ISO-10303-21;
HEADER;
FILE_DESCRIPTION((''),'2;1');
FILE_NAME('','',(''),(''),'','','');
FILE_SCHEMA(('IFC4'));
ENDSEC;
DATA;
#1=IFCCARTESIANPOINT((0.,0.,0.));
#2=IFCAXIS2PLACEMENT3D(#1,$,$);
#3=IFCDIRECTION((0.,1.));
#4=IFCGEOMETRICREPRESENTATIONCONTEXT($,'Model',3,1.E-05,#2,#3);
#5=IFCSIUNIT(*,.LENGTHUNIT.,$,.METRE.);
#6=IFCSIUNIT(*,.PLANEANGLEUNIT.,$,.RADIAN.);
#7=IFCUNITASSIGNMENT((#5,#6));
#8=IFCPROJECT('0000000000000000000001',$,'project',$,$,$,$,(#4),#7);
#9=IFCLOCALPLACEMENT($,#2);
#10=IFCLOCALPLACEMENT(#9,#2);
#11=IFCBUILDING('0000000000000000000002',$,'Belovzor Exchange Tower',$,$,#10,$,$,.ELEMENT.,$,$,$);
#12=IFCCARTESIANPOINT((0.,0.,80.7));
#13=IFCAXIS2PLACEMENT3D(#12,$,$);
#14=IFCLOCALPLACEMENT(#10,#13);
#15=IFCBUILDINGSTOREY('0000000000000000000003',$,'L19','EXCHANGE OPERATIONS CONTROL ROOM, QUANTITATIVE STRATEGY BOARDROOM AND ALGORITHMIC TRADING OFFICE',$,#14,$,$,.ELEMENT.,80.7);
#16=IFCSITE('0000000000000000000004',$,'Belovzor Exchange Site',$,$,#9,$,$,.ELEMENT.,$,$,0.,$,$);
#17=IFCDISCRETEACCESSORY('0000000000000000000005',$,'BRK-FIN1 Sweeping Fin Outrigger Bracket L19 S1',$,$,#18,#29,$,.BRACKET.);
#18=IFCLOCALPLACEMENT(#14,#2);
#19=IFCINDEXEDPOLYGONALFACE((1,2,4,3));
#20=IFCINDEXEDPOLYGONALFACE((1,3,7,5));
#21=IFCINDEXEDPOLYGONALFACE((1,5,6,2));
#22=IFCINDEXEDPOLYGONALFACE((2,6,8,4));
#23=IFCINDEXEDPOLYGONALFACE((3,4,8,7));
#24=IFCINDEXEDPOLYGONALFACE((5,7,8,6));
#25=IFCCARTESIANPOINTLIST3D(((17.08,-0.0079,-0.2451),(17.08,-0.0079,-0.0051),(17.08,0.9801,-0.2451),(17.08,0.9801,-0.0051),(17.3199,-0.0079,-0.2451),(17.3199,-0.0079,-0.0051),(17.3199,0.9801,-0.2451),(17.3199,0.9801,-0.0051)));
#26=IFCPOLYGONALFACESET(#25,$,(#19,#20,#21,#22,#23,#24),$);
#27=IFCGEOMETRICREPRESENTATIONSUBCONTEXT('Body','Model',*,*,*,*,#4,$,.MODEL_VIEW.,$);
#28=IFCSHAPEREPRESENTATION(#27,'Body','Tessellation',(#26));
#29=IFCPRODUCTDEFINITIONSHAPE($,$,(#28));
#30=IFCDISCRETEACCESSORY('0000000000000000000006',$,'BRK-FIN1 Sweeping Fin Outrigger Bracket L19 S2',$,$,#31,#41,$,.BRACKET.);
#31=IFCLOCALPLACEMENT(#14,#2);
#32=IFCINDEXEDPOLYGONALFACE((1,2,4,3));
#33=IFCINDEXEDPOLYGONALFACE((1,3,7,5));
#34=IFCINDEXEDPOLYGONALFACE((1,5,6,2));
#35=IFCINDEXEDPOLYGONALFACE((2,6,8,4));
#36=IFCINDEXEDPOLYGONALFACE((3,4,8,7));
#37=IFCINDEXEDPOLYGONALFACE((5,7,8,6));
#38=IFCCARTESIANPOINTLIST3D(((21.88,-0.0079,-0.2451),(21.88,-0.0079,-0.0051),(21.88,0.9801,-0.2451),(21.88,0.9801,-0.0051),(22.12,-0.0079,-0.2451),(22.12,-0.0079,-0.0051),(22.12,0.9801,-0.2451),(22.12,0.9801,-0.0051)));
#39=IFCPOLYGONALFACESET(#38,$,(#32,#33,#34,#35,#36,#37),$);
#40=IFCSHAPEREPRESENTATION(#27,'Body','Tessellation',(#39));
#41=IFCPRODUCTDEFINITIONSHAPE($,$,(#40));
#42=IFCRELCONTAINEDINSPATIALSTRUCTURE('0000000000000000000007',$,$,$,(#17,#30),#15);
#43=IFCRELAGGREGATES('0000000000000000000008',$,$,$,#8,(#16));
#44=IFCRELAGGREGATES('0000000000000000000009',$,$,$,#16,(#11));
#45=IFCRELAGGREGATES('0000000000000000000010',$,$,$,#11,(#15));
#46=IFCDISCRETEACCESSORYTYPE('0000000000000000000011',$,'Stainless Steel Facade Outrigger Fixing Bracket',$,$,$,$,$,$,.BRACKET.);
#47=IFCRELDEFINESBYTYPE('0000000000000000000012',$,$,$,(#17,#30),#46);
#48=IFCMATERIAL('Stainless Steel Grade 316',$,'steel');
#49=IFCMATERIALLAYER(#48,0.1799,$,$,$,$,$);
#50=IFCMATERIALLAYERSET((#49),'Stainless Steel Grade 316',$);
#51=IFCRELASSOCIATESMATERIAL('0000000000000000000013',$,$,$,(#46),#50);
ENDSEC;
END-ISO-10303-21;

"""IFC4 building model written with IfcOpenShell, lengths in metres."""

from ifc_helpers import new_model, si_unit, direction, frame, origin, origin_2d, place, context, subcontext, project, spatial, rectangle, extrude, material, layer, layer_set, type_object, element, save


model = new_model("IFC4")

# Units and contexts
model_context = context("Model", 3, precision=1e-05, world=origin(), true_north=direction((0.0, 1.0)))
body_context = subcontext(model_context, "Body", "Model", "MODEL_VIEW")
ifc_project = project(units=[si_unit("LENGTHUNIT", "METRE"), si_unit("PLANEANGLEUNIT", "RADIAN")], contexts=[model_context])

# Site, building, storey
site_placement = place(None, origin())
site = spatial("IfcSite", under=ifc_project, at=site_placement, Name="Belovzor Exchange Site", CompositionType="ELEMENT", RefElevation=0.0)
building_placement = place(site_placement, origin())
building = spatial("IfcBuilding", under=site, at=building_placement, Name="Belovzor Exchange Tower", CompositionType="ELEMENT")
storey_placement = place(building_placement, frame((0.0, 0.0, 80.7)))
storey = spatial("IfcBuildingStorey", under=building, at=storey_placement, Name="L19", Description="EXCHANGE OPERATIONS CONTROL ROOM, QUANTITATIVE STRATEGY BOARDROOM AND ALGORITHMIC TRADING OFFICE", CompositionType="ELEMENT", Elevation=80.7)

# Discrete accessories
ifc_material_1 = material(Name="Stainless Steel Grade 316", Category="steel")
ifc_layer_1 = layer(ifc_material_1, 0.1799)
ifc_layer_set_1 = layer_set([ifc_layer_1], Name="Stainless Steel Grade 316")
discrete_accessory_type = type_object("IfcDiscreteAccessoryType", Name="Stainless Steel Facade Outrigger Fixing Bracket", PredefinedType="BRACKET", material=ifc_layer_set_1)
for number, where, z_axis, x_axis, name in (
    (1, (17.2, 0.4861, -0.2451), (0.0, 0.0, 1.0), (0.0, 1.0, 0.0), "BRK-FIN1 Sweeping Fin Outrigger Bracket L19 S1"),
    (2, (22.0, 0.4861, -0.2451), (0.0, 0.0, 1.0), (0.0, 1.0, 0.0), "BRK-FIN1 Sweeping Fin Outrigger Bracket L19 S2"),
):
    element("IfcDiscreteAccessory", number, at=place(storey_placement, frame(where, z_axis=z_axis, x_axis=x_axis)), inside=storey, type_object=discrete_accessory_type, Name=name, PredefinedType="BRACKET", context=body_context, shape_type="SweptSolid", body=[
        extrude(rectangle(XDim=0.988, YDim=0.24, at=origin_2d()), origin(), (0.0, 0.0, 1.0), 0.24),
    ])

save(model, "model.ifc")
